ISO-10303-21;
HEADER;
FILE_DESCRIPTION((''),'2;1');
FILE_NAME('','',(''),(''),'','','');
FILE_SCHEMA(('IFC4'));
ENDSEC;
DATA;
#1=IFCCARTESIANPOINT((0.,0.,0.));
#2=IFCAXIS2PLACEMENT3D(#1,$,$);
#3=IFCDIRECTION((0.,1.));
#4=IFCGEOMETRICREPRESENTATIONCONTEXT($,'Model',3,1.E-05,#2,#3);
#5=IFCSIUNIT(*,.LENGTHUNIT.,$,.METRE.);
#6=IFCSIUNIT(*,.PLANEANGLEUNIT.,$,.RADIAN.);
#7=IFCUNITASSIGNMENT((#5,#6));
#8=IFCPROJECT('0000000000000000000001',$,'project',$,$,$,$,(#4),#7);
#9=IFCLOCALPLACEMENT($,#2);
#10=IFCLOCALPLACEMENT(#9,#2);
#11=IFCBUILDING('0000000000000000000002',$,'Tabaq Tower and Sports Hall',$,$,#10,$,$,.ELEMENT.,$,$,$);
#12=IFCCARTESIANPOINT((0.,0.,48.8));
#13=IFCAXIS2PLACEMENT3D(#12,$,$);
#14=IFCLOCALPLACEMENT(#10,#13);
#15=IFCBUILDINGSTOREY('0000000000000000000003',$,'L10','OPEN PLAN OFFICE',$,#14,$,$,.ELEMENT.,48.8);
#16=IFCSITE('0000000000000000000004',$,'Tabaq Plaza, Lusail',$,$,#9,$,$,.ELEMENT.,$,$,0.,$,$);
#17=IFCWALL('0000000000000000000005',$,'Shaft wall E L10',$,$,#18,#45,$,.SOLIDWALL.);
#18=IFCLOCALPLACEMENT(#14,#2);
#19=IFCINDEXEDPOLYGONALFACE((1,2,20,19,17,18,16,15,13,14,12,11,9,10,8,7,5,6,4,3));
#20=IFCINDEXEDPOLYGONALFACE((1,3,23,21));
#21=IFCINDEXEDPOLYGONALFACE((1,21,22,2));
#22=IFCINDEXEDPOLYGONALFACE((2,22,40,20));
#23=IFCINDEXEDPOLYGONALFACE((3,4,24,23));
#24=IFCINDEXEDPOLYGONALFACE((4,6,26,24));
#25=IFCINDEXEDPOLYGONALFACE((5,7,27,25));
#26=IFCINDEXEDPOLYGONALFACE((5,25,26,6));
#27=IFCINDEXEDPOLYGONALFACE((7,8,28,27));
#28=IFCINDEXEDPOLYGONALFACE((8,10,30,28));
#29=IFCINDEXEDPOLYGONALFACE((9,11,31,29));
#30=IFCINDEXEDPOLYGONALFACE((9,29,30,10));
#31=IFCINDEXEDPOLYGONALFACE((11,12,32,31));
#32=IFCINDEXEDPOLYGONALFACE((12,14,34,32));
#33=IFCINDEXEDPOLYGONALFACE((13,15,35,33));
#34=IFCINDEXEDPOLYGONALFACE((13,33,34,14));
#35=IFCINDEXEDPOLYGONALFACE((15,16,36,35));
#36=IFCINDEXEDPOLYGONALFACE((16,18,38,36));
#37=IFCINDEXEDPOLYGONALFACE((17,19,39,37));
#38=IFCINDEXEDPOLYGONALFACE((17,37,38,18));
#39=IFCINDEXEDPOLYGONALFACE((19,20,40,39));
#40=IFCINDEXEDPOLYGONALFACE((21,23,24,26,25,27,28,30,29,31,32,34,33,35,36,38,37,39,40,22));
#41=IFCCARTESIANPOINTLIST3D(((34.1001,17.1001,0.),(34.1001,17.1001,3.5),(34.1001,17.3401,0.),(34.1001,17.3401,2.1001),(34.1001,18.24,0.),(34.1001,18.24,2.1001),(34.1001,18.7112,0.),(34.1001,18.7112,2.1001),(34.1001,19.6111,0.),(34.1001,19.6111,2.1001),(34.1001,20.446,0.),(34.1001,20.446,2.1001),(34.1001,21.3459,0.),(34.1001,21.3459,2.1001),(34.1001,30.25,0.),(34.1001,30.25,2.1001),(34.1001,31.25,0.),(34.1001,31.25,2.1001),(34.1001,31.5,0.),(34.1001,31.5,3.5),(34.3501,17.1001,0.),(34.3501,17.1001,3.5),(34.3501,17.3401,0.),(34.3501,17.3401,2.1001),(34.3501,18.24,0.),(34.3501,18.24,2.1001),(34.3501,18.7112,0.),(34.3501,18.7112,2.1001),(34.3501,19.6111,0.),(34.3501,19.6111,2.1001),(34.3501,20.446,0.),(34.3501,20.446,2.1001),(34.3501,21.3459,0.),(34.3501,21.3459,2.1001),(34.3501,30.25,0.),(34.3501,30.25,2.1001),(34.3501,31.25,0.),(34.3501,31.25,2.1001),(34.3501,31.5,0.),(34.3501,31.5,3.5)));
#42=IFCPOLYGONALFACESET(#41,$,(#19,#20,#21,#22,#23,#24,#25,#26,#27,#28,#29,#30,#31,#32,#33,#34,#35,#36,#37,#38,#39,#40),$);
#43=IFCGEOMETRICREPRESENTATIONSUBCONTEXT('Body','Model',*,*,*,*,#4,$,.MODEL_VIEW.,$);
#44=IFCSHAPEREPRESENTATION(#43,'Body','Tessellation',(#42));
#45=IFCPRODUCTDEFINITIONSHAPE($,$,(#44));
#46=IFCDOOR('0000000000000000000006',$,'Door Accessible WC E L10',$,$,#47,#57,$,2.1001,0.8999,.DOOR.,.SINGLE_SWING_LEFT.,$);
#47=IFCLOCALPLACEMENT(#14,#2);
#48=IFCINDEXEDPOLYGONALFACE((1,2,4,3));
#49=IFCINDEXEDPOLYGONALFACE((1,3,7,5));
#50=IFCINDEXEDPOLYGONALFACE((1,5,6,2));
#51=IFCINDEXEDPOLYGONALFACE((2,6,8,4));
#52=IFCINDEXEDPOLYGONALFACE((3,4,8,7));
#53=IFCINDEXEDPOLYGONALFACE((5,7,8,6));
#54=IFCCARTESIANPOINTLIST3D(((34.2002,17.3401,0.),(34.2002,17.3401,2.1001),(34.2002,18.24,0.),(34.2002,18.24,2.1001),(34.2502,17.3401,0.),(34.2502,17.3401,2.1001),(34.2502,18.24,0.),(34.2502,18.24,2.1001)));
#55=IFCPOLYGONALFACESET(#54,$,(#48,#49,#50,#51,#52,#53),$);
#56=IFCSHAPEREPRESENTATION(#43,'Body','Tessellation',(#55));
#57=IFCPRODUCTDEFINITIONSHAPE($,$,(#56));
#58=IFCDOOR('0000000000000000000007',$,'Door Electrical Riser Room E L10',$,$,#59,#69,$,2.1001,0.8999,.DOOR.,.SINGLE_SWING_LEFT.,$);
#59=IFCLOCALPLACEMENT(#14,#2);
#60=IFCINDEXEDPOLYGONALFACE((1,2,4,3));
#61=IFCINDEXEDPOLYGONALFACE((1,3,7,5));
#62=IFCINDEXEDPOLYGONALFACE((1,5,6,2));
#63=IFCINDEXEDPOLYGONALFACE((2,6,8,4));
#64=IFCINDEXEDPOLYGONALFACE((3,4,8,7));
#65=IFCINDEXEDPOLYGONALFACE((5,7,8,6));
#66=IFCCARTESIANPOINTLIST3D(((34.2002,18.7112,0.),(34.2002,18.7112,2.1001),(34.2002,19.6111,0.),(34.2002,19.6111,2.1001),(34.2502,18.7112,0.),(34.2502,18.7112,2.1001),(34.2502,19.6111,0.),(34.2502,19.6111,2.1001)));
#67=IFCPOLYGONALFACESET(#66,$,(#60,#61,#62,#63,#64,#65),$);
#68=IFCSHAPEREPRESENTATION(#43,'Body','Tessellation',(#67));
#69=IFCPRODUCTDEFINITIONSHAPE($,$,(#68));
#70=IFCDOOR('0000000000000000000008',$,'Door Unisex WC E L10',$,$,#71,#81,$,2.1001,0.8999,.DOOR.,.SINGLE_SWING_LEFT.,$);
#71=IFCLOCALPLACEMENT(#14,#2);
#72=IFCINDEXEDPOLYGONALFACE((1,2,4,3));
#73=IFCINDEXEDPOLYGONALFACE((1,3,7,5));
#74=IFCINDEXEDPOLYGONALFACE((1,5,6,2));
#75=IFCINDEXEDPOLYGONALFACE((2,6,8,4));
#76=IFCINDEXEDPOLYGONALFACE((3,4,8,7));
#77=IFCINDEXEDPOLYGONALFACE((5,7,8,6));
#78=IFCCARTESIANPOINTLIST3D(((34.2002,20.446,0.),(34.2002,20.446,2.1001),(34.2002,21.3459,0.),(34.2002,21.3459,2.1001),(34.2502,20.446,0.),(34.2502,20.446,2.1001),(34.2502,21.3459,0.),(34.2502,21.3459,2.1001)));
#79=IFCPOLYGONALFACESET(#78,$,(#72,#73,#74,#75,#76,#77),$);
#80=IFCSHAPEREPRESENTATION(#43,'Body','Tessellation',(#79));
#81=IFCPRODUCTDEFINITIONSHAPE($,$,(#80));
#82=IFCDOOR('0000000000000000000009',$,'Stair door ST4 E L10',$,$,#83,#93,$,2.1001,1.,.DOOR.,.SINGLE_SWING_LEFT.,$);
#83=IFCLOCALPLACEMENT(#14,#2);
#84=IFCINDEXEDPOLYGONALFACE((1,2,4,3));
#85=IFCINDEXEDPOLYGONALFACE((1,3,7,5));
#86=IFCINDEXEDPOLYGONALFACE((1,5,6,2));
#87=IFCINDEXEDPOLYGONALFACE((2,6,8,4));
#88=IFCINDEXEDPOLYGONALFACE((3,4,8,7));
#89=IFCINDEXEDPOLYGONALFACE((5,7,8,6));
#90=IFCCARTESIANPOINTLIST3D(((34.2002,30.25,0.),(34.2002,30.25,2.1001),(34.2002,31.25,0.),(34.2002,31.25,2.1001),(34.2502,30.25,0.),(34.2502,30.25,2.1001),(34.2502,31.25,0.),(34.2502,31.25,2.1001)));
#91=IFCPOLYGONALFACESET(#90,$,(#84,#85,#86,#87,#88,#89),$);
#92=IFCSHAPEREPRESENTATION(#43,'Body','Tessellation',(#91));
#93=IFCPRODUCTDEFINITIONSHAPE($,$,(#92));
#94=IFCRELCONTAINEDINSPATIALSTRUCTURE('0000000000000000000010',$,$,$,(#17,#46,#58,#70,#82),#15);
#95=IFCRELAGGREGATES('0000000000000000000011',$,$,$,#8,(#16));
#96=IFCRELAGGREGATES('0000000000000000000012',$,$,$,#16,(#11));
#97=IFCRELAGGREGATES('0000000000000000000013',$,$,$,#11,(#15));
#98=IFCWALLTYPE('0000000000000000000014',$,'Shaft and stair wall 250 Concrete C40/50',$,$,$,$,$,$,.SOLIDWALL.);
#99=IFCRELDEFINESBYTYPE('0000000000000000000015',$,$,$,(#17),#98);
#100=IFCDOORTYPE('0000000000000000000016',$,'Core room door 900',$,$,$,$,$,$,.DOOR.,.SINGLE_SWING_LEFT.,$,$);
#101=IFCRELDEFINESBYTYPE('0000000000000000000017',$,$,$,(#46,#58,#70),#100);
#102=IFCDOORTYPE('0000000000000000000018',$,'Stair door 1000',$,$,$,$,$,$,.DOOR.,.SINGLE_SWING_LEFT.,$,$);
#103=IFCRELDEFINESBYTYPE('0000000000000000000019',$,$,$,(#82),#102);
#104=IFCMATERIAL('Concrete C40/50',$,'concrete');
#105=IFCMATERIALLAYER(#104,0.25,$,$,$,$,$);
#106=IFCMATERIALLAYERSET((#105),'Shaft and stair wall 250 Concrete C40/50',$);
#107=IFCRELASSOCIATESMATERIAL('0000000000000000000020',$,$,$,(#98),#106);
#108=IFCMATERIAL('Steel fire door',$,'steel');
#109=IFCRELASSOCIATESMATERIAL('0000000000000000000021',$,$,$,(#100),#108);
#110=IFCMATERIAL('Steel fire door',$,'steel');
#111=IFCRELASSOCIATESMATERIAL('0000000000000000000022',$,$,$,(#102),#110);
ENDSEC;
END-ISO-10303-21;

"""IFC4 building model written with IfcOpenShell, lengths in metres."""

from ifc_helpers import new_model, si_unit, direction, frame, frame_2d, origin, place, context, subcontext, project, spatial, rectangle, extrude, material, layer, layer_set, type_object, element, fill, save


model = new_model("IFC4")

# Units and contexts
model_context = context("Model", 3, precision=1e-05, world=origin(), true_north=direction((0.0, 1.0)))
body_context = subcontext(model_context, "Body", "Model", "MODEL_VIEW")
ifc_project = project(units=[si_unit("LENGTHUNIT", "METRE"), si_unit("PLANEANGLEUNIT", "RADIAN")], contexts=[model_context])

# Site, building, storey
site_placement = place(None, origin())
site = spatial("IfcSite", under=ifc_project, at=site_placement, Name="Tabaq Plaza, Lusail", CompositionType="ELEMENT", RefElevation=0.0)
building_placement = place(site_placement, origin())
building = spatial("IfcBuilding", under=site, at=building_placement, Name="Tabaq Tower and Sports Hall", CompositionType="ELEMENT")
storey_placement = place(building_placement, frame((0.0, 0.0, 48.8)))
storey = spatial("IfcBuildingStorey", under=building, at=storey_placement, Name="L10", Description="OPEN PLAN OFFICE", CompositionType="ELEMENT", Elevation=48.8)

# Wall, openings, doors
ifc_material_1 = material(Name="Concrete C40/50", Category="concrete")
ifc_layer_1 = layer(ifc_material_1, 0.25)
ifc_layer_set_1 = layer_set([ifc_layer_1], Name="Shaft and stair wall 250 Concrete C40/50")
wall_type_1 = type_object("IfcWallType", Name="Shaft and stair wall 250 Concrete C40/50", PredefinedType="SOLIDWALL", material=ifc_layer_set_1)
wall_1_placement = place(storey_placement, frame((34.2251, 17.1001, 0.0), z_axis=(0.0, 0.0, 1.0), x_axis=(0.0, 1.0, 0.0)))
wall_1 = element("IfcWall", 1, at=wall_1_placement, inside=storey, type_object=wall_type_1, Name="Shaft wall E L10", PredefinedType="SOLIDWALL", context=body_context, shape_type="SweptSolid", body=[
    extrude(rectangle(XDim=14.3999, YDim=0.25, at=frame_2d((7.2, 0.0))), origin(), (0.0, 0.0, 1.0), 3.5),
])
opening_1_placement = place(wall_1_placement, frame((13.1499, 0.0, 0.0)))
opening_1 = element("IfcOpeningElement", 2, at=opening_1_placement, cuts=wall_1, PredefinedType="OPENING", context=body_context, shape_type="SweptSolid", body=[
    extrude(rectangle(XDim=1.0, YDim=2.1001, at=frame_2d((0.5, 1.05))), frame((0.0, 0.125, 0.0), z_axis=(0.0, -1.0, 0.0), x_axis=(1.0, 0.0, 0.0)), (0.0, 0.0, 1.0), 0.25),
])
opening_2_placement = place(wall_1_placement, frame((0.24, 0.0, 0.0)))
opening_2 = element("IfcOpeningElement", 3, at=opening_2_placement, cuts=wall_1, PredefinedType="OPENING", context=body_context, shape_type="SweptSolid", body=[
    extrude(rectangle(XDim=0.8999, YDim=2.1001, at=frame_2d((0.45, 1.05))), frame((0.0, 0.125, 0.0), z_axis=(0.0, -1.0, 0.0), x_axis=(1.0, 0.0, 0.0)), (0.0, 0.0, 1.0), 0.25),
])
opening_3_placement = place(wall_1_placement, frame((1.6111, 0.0, 0.0)))
opening_3 = element("IfcOpeningElement", 4, at=opening_3_placement, cuts=wall_1, PredefinedType="OPENING", context=body_context, shape_type="SweptSolid", body=[
    extrude(rectangle(XDim=0.8999, YDim=2.1001, at=frame_2d((0.45, 1.05))), frame((0.0, 0.125, 0.0), z_axis=(0.0, -1.0, 0.0), x_axis=(1.0, 0.0, 0.0)), (0.0, 0.0, 1.0), 0.25),
])
opening_4_placement = place(wall_1_placement, frame((3.3459, 0.0, 0.0)))
opening_4 = element("IfcOpeningElement", 5, at=opening_4_placement, cuts=wall_1, PredefinedType="OPENING", context=body_context, shape_type="SweptSolid", body=[
    extrude(rectangle(XDim=0.8999, YDim=2.1001, at=frame_2d((0.45, 1.05))), frame((0.0, 0.125, 0.0), z_axis=(0.0, -1.0, 0.0), x_axis=(1.0, 0.0, 0.0)), (0.0, 0.0, 1.0), 0.25),
])
ifc_material_2 = material(Name="Steel fire door", Category="steel")
door_type_1 = type_object("IfcDoorType", Name="Core room door 900", OperationType="SINGLE_SWING_LEFT", PredefinedType="DOOR", material=ifc_material_2)
door_1_placement = place(opening_2_placement, origin())
door_1 = element("IfcDoor", 6, at=door_1_placement, inside=storey, type_object=door_type_1, Name="Door Accessible WC E L10", OperationType="SINGLE_SWING_LEFT", OverallHeight=2.1001, OverallWidth=0.8999, PredefinedType="DOOR", context=body_context, shape_type="SweptSolid", body=[
    extrude(rectangle(XDim=0.8999, YDim=2.1001, at=frame_2d((0.45, 1.05))), frame((0.0, 0.0249, 0.0), z_axis=(0.0, -1.0, 0.0), x_axis=(1.0, 0.0, 0.0)), (0.0, 0.0, 1.0), 0.05),
])
fill(opening_2, door_1)
door_2_placement = place(opening_3_placement, origin())
door_2 = element("IfcDoor", 7, at=door_2_placement, inside=storey, type_object=door_type_1, Name="Door Electrical Riser Room E L10", OperationType="SINGLE_SWING_LEFT", OverallHeight=2.1001, OverallWidth=0.8999, PredefinedType="DOOR", context=body_context, shape_type="SweptSolid", body=[
    extrude(rectangle(XDim=0.8999, YDim=2.1001, at=frame_2d((0.45, 1.05))), frame((0.0, 0.0249, 0.0), z_axis=(0.0, -1.0, 0.0), x_axis=(1.0, 0.0, 0.0)), (0.0, 0.0, 1.0), 0.05),
])
fill(opening_3, door_2)
door_3_placement = place(opening_4_placement, origin())
door_3 = element("IfcDoor", 8, at=door_3_placement, inside=storey, type_object=door_type_1, Name="Door Unisex WC E L10", OperationType="SINGLE_SWING_LEFT", OverallHeight=2.1001, OverallWidth=0.8999, PredefinedType="DOOR", context=body_context, shape_type="SweptSolid", body=[
    extrude(rectangle(XDim=0.8999, YDim=2.1001, at=frame_2d((0.45, 1.05))), frame((0.0, 0.0249, 0.0), z_axis=(0.0, -1.0, 0.0), x_axis=(1.0, 0.0, 0.0)), (0.0, 0.0, 1.0), 0.05),
])
fill(opening_4, door_3)
ifc_material_3 = material(Name="Steel fire door", Category="steel")
door_type_2 = type_object("IfcDoorType", Name="Stair door 1000", OperationType="SINGLE_SWING_LEFT", PredefinedType="DOOR", material=ifc_material_3)
door_4_placement = place(opening_1_placement, origin())
door_4 = element("IfcDoor", 9, at=door_4_placement, inside=storey, type_object=door_type_2, Name="Stair door ST4 E L10", OperationType="SINGLE_SWING_LEFT", OverallHeight=2.1001, OverallWidth=1.0, PredefinedType="DOOR", context=body_context, shape_type="SweptSolid", body=[
    extrude(rectangle(XDim=1.0, YDim=2.1001, at=frame_2d((0.5, 1.05))), frame((0.0, 0.0249, 0.0), z_axis=(0.0, -1.0, 0.0), x_axis=(1.0, 0.0, 0.0)), (0.0, 0.0, 1.0), 0.05),
])
fill(opening_1, door_4)

save(model, "model.ifc")
